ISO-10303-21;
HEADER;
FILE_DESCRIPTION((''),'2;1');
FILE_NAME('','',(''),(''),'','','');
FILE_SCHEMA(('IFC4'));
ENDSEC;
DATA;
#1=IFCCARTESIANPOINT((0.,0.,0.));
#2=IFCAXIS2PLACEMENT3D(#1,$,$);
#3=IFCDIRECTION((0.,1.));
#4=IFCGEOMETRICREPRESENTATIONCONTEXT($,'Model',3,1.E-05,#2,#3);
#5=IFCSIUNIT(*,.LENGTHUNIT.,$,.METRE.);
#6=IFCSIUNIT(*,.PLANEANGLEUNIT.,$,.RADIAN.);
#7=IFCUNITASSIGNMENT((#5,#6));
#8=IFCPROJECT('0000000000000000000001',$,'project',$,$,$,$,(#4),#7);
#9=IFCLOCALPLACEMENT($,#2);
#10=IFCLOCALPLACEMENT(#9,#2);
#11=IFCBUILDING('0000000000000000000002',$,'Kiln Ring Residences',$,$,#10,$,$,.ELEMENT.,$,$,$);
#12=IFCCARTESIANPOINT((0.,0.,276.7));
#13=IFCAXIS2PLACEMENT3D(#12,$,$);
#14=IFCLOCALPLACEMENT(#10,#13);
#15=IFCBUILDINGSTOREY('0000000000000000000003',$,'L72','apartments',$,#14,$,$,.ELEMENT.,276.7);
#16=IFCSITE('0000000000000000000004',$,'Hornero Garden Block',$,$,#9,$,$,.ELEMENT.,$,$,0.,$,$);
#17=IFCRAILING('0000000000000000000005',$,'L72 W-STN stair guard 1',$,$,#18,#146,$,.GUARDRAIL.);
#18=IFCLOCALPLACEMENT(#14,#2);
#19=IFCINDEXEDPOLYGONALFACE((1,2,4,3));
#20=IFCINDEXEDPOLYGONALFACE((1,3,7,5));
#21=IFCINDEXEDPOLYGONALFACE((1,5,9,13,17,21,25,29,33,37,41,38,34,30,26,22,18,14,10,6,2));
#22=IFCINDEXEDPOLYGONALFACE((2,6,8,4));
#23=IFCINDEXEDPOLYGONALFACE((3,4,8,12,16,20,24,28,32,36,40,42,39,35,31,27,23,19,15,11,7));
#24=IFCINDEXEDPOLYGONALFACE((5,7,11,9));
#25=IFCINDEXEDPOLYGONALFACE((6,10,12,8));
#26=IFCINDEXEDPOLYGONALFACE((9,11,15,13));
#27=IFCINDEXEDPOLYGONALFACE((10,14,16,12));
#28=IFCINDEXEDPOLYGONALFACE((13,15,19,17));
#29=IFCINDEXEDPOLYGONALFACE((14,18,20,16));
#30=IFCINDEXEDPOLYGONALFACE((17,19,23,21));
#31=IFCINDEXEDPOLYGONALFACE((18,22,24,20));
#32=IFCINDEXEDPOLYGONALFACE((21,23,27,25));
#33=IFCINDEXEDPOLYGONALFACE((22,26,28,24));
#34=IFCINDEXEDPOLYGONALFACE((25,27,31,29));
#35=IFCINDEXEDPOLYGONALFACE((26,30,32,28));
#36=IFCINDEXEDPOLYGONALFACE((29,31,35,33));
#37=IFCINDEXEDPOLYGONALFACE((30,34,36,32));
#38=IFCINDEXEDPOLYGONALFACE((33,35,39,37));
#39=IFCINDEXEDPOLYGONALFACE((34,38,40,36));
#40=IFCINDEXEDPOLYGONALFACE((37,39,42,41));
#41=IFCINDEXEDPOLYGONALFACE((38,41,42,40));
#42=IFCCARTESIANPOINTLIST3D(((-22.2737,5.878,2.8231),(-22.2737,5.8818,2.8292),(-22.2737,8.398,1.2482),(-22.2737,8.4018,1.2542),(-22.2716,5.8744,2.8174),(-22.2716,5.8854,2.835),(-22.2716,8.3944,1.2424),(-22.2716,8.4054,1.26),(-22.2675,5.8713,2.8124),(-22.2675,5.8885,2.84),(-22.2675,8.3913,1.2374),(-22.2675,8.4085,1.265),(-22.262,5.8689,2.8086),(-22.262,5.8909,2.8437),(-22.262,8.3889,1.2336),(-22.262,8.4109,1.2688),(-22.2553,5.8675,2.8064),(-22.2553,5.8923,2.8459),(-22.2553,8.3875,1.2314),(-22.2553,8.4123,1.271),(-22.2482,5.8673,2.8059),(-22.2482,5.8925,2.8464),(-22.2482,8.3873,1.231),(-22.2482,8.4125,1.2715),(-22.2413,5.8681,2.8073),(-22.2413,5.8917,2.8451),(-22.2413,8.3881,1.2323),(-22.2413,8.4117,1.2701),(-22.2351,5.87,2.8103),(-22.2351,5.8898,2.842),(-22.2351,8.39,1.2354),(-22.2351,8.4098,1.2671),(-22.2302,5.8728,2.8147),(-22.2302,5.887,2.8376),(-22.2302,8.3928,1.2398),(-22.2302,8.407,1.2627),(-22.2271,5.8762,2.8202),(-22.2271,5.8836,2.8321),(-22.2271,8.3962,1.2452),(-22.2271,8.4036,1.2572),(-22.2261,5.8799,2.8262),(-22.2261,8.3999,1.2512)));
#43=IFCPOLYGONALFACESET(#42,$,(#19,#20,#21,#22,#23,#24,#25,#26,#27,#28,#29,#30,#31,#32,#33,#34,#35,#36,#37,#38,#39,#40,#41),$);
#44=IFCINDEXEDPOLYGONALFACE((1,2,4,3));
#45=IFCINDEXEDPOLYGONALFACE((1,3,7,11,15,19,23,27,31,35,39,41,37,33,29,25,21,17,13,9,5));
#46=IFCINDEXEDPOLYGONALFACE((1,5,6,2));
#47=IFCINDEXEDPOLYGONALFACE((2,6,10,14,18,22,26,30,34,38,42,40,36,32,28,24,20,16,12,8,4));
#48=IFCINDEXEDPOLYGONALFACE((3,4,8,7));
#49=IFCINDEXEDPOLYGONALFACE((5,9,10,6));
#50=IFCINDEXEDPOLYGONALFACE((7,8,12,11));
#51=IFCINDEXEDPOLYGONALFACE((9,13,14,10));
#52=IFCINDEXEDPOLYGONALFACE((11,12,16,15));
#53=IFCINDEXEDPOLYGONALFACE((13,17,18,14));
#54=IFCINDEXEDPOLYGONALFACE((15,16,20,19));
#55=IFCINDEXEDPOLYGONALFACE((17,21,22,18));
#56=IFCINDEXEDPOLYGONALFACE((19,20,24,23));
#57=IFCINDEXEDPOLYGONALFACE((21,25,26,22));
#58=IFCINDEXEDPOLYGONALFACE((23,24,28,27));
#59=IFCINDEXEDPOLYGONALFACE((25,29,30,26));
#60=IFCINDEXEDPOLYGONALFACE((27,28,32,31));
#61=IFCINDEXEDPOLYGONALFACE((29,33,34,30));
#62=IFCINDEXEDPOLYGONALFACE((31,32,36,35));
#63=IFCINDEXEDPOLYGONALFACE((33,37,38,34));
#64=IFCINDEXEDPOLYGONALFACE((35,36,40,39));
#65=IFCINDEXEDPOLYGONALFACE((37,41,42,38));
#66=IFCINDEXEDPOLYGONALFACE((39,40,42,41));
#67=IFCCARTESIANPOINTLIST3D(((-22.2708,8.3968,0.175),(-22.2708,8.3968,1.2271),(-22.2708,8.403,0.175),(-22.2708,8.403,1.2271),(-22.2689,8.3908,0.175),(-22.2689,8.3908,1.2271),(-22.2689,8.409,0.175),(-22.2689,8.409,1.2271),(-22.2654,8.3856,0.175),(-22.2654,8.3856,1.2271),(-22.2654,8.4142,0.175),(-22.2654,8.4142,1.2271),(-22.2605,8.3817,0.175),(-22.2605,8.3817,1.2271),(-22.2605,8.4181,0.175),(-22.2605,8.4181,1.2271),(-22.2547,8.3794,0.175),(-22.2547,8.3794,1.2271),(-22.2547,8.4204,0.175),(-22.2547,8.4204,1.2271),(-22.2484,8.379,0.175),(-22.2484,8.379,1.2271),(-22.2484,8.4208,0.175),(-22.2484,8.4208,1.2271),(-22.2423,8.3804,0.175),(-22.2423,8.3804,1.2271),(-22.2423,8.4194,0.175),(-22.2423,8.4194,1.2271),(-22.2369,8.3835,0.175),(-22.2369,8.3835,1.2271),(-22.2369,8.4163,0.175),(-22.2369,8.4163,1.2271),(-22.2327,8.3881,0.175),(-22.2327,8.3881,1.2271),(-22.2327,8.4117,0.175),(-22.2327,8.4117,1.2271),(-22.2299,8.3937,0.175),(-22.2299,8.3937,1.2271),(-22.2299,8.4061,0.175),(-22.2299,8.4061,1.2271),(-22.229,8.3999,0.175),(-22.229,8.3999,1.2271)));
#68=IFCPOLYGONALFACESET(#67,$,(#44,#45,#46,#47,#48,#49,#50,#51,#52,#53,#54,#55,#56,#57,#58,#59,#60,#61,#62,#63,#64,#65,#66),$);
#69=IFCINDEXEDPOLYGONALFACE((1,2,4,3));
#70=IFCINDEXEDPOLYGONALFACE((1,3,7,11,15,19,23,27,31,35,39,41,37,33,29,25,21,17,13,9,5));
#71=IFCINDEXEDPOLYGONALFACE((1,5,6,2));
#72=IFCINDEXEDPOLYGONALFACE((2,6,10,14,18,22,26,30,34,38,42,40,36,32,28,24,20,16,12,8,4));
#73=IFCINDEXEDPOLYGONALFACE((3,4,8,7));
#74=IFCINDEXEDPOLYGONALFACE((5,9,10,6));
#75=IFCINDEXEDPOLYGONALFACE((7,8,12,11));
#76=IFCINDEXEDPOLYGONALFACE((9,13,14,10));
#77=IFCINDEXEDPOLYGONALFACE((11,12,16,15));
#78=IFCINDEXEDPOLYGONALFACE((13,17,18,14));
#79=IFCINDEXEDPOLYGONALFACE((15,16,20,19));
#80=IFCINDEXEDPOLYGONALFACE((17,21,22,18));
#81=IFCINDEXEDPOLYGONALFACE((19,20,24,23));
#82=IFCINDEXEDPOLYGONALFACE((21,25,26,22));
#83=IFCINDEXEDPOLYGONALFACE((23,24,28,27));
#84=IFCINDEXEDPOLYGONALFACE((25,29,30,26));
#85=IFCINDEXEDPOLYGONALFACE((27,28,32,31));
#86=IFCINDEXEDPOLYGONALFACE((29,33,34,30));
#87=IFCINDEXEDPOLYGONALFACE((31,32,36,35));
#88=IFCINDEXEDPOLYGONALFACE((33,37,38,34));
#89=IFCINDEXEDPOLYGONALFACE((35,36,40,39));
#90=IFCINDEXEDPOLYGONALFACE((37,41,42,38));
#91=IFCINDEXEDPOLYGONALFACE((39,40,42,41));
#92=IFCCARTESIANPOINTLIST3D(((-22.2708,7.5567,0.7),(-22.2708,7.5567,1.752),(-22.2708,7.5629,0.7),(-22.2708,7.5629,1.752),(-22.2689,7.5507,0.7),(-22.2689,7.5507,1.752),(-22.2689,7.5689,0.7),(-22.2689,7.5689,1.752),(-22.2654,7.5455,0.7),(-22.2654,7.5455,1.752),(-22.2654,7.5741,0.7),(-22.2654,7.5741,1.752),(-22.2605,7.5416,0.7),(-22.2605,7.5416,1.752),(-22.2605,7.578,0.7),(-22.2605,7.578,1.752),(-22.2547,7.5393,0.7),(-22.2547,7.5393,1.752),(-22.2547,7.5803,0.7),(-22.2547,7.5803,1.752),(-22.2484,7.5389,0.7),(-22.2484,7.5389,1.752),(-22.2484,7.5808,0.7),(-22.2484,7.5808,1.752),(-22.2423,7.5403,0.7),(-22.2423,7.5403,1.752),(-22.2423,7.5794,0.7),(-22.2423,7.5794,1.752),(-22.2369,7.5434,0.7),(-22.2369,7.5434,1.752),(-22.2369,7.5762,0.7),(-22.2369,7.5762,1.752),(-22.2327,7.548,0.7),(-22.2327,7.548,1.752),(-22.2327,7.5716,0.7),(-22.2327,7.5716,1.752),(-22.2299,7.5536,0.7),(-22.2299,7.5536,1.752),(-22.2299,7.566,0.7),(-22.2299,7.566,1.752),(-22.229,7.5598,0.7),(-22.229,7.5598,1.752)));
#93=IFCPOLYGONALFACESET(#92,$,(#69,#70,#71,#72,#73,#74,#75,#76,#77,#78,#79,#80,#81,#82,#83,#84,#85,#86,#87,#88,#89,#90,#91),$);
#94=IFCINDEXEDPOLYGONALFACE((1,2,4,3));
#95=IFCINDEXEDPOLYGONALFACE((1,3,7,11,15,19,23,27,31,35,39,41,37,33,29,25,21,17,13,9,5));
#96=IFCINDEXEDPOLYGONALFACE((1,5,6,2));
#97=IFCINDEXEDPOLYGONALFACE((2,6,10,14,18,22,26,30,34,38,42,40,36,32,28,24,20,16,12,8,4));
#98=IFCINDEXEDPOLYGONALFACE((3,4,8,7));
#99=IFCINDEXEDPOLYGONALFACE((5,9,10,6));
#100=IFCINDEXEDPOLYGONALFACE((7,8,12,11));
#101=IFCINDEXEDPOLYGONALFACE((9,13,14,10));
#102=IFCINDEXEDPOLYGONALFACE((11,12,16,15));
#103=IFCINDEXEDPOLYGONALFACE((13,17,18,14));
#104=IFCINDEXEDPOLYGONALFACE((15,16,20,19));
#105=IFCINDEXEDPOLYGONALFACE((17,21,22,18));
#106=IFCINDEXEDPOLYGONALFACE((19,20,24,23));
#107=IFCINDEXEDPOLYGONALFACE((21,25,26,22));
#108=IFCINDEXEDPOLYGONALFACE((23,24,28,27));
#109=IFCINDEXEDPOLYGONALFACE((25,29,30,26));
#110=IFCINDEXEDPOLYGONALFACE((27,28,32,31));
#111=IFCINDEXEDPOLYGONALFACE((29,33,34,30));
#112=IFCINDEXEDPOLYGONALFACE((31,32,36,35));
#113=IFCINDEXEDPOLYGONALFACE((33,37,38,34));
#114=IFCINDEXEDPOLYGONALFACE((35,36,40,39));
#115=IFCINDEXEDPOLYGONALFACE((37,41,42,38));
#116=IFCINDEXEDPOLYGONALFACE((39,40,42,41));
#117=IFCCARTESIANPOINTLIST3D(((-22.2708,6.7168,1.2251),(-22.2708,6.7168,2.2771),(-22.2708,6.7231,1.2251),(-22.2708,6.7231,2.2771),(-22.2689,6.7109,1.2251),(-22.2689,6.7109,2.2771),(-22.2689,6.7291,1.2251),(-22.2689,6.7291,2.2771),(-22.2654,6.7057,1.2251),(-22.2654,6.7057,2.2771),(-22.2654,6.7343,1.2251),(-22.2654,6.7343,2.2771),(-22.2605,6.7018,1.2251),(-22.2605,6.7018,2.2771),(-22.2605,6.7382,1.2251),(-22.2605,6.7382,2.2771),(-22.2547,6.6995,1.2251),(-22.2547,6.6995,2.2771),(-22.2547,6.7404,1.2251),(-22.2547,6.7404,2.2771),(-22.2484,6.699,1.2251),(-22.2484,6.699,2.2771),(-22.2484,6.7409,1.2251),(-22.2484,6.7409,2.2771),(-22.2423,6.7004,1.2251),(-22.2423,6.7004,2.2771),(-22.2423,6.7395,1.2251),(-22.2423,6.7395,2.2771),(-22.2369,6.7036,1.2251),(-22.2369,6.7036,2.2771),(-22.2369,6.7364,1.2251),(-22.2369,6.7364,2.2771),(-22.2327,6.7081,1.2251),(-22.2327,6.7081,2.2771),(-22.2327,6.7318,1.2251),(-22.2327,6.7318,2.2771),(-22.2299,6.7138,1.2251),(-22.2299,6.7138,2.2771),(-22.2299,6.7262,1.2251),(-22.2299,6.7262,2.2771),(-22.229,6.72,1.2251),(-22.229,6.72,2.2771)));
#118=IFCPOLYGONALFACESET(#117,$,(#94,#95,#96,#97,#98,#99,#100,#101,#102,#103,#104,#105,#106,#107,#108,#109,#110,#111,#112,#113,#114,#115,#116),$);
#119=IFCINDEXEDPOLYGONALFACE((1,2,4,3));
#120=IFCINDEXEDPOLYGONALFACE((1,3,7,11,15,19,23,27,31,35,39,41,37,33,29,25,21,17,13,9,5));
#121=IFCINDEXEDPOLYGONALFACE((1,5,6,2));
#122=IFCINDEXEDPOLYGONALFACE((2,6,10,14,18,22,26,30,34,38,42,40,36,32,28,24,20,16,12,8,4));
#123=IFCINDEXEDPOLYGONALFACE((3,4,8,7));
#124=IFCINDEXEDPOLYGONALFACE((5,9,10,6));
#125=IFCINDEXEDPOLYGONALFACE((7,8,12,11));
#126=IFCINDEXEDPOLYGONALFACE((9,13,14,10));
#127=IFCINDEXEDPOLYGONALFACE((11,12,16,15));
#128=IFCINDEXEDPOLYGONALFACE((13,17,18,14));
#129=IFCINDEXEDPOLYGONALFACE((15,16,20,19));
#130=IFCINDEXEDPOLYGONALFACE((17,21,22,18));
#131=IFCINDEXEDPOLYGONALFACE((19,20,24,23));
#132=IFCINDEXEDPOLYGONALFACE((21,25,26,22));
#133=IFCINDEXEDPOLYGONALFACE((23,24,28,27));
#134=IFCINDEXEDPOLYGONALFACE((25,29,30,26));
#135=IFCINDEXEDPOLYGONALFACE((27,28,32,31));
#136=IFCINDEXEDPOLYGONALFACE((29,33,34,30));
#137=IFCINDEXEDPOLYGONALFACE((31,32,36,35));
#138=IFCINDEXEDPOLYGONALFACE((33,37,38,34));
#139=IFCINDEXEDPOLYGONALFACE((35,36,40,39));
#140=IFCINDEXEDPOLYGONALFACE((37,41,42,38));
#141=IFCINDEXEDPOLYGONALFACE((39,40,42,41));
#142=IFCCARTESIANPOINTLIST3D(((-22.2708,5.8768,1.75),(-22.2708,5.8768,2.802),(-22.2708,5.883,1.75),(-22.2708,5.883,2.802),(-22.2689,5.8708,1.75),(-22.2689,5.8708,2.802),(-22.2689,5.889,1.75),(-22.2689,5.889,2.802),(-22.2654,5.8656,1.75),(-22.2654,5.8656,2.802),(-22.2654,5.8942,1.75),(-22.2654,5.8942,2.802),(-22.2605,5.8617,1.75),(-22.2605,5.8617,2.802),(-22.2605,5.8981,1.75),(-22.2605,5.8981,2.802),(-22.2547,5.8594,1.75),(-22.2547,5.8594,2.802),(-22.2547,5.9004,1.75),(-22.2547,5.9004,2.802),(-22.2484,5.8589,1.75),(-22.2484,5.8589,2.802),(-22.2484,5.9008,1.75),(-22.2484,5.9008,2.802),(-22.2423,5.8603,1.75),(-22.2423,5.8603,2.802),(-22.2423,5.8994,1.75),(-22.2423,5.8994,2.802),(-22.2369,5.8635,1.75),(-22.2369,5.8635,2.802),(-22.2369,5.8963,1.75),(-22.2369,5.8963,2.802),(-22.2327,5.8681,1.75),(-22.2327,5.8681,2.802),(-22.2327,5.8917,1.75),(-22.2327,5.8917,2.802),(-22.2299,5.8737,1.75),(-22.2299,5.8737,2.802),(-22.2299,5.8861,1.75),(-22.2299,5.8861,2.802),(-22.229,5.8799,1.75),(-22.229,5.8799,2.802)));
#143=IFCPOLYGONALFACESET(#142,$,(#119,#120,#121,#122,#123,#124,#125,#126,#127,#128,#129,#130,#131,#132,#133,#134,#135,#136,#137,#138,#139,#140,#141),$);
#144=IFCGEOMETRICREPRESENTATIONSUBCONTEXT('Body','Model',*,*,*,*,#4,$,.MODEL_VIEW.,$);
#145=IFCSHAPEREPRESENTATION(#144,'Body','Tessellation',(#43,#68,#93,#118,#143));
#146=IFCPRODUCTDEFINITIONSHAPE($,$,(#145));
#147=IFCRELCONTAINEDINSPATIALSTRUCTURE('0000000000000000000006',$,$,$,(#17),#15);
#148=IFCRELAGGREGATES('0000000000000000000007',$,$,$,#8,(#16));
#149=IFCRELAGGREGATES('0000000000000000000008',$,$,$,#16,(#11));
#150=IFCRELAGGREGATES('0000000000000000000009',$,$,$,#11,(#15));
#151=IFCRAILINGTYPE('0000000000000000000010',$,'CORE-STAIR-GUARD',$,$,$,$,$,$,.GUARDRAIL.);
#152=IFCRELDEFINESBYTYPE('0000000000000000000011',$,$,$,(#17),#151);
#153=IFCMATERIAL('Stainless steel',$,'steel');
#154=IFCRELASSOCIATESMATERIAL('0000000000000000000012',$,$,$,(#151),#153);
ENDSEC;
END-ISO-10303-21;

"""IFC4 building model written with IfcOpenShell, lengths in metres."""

from ifc_helpers import new_model, si_unit, direction, frame, origin, origin_2d, place, context, subcontext, project, spatial, circle, extrude, material, type_object, element, save


model = new_model("IFC4")

# Units and contexts
model_context = context("Model", 3, precision=1e-05, world=origin(), true_north=direction((0.0, 1.0)))
body_context = subcontext(model_context, "Body", "Model", "MODEL_VIEW")
ifc_project = project(units=[si_unit("LENGTHUNIT", "METRE"), si_unit("PLANEANGLEUNIT", "RADIAN")], contexts=[model_context])

# Site, building, storey
site_placement = place(None, origin())
site = spatial("IfcSite", under=ifc_project, at=site_placement, Name="Hornero Garden Block", CompositionType="ELEMENT", RefElevation=0.0)
building_placement = place(site_placement, origin())
building = spatial("IfcBuilding", under=site, at=building_placement, Name="Kiln Ring Residences", CompositionType="ELEMENT")
storey_placement = place(building_placement, frame((0.0, 0.0, 276.7)))
storey = spatial("IfcBuildingStorey", under=building, at=storey_placement, Name="L72", Description="apartments", CompositionType="ELEMENT", Elevation=276.7)

# Railing
ifc_material_1 = material(Name="Stainless steel", Category="steel")
railing_type = type_object("IfcRailingType", Name="CORE-STAIR-GUARD", PredefinedType="GUARDRAIL", material=ifc_material_1)
railing_1_placement = place(storey_placement, frame((-22.25, 8.3999, 0.175)))
element("IfcRailing", 1, at=railing_1_placement, inside=storey, type_object=railing_type, Name="L72 W-STN stair guard 1", PredefinedType="GUARDRAIL", context=body_context, shape_type="SweptSolid", body=[
    extrude(circle(Radius=0.0239, at=origin_2d()), frame((0.0, 0.0, 1.0762), z_axis=(0.0, -0.848008, 0.529984), x_axis=(1.0, 0.0, 0.0)), (0.0, 0.0, 1.0), 2.9717),
    extrude(circle(Radius=0.021, at=origin_2d()), origin(), (0.0, 0.0, 1.0), 1.052),
    extrude(circle(Radius=0.021, at=origin_2d()), frame((0.0, -0.8401, 0.5249)), (0.0, 0.0, 1.0), 1.052),
    extrude(circle(Radius=0.021, at=origin_2d()), frame((0.0, -1.6799, 1.05)), (0.0, 0.0, 1.0), 1.052),
    extrude(circle(Radius=0.021, at=origin_2d()), frame((0.0, -2.52, 1.575)), (0.0, 0.0, 1.0), 1.052),
])

save(model, "model.ifc")
